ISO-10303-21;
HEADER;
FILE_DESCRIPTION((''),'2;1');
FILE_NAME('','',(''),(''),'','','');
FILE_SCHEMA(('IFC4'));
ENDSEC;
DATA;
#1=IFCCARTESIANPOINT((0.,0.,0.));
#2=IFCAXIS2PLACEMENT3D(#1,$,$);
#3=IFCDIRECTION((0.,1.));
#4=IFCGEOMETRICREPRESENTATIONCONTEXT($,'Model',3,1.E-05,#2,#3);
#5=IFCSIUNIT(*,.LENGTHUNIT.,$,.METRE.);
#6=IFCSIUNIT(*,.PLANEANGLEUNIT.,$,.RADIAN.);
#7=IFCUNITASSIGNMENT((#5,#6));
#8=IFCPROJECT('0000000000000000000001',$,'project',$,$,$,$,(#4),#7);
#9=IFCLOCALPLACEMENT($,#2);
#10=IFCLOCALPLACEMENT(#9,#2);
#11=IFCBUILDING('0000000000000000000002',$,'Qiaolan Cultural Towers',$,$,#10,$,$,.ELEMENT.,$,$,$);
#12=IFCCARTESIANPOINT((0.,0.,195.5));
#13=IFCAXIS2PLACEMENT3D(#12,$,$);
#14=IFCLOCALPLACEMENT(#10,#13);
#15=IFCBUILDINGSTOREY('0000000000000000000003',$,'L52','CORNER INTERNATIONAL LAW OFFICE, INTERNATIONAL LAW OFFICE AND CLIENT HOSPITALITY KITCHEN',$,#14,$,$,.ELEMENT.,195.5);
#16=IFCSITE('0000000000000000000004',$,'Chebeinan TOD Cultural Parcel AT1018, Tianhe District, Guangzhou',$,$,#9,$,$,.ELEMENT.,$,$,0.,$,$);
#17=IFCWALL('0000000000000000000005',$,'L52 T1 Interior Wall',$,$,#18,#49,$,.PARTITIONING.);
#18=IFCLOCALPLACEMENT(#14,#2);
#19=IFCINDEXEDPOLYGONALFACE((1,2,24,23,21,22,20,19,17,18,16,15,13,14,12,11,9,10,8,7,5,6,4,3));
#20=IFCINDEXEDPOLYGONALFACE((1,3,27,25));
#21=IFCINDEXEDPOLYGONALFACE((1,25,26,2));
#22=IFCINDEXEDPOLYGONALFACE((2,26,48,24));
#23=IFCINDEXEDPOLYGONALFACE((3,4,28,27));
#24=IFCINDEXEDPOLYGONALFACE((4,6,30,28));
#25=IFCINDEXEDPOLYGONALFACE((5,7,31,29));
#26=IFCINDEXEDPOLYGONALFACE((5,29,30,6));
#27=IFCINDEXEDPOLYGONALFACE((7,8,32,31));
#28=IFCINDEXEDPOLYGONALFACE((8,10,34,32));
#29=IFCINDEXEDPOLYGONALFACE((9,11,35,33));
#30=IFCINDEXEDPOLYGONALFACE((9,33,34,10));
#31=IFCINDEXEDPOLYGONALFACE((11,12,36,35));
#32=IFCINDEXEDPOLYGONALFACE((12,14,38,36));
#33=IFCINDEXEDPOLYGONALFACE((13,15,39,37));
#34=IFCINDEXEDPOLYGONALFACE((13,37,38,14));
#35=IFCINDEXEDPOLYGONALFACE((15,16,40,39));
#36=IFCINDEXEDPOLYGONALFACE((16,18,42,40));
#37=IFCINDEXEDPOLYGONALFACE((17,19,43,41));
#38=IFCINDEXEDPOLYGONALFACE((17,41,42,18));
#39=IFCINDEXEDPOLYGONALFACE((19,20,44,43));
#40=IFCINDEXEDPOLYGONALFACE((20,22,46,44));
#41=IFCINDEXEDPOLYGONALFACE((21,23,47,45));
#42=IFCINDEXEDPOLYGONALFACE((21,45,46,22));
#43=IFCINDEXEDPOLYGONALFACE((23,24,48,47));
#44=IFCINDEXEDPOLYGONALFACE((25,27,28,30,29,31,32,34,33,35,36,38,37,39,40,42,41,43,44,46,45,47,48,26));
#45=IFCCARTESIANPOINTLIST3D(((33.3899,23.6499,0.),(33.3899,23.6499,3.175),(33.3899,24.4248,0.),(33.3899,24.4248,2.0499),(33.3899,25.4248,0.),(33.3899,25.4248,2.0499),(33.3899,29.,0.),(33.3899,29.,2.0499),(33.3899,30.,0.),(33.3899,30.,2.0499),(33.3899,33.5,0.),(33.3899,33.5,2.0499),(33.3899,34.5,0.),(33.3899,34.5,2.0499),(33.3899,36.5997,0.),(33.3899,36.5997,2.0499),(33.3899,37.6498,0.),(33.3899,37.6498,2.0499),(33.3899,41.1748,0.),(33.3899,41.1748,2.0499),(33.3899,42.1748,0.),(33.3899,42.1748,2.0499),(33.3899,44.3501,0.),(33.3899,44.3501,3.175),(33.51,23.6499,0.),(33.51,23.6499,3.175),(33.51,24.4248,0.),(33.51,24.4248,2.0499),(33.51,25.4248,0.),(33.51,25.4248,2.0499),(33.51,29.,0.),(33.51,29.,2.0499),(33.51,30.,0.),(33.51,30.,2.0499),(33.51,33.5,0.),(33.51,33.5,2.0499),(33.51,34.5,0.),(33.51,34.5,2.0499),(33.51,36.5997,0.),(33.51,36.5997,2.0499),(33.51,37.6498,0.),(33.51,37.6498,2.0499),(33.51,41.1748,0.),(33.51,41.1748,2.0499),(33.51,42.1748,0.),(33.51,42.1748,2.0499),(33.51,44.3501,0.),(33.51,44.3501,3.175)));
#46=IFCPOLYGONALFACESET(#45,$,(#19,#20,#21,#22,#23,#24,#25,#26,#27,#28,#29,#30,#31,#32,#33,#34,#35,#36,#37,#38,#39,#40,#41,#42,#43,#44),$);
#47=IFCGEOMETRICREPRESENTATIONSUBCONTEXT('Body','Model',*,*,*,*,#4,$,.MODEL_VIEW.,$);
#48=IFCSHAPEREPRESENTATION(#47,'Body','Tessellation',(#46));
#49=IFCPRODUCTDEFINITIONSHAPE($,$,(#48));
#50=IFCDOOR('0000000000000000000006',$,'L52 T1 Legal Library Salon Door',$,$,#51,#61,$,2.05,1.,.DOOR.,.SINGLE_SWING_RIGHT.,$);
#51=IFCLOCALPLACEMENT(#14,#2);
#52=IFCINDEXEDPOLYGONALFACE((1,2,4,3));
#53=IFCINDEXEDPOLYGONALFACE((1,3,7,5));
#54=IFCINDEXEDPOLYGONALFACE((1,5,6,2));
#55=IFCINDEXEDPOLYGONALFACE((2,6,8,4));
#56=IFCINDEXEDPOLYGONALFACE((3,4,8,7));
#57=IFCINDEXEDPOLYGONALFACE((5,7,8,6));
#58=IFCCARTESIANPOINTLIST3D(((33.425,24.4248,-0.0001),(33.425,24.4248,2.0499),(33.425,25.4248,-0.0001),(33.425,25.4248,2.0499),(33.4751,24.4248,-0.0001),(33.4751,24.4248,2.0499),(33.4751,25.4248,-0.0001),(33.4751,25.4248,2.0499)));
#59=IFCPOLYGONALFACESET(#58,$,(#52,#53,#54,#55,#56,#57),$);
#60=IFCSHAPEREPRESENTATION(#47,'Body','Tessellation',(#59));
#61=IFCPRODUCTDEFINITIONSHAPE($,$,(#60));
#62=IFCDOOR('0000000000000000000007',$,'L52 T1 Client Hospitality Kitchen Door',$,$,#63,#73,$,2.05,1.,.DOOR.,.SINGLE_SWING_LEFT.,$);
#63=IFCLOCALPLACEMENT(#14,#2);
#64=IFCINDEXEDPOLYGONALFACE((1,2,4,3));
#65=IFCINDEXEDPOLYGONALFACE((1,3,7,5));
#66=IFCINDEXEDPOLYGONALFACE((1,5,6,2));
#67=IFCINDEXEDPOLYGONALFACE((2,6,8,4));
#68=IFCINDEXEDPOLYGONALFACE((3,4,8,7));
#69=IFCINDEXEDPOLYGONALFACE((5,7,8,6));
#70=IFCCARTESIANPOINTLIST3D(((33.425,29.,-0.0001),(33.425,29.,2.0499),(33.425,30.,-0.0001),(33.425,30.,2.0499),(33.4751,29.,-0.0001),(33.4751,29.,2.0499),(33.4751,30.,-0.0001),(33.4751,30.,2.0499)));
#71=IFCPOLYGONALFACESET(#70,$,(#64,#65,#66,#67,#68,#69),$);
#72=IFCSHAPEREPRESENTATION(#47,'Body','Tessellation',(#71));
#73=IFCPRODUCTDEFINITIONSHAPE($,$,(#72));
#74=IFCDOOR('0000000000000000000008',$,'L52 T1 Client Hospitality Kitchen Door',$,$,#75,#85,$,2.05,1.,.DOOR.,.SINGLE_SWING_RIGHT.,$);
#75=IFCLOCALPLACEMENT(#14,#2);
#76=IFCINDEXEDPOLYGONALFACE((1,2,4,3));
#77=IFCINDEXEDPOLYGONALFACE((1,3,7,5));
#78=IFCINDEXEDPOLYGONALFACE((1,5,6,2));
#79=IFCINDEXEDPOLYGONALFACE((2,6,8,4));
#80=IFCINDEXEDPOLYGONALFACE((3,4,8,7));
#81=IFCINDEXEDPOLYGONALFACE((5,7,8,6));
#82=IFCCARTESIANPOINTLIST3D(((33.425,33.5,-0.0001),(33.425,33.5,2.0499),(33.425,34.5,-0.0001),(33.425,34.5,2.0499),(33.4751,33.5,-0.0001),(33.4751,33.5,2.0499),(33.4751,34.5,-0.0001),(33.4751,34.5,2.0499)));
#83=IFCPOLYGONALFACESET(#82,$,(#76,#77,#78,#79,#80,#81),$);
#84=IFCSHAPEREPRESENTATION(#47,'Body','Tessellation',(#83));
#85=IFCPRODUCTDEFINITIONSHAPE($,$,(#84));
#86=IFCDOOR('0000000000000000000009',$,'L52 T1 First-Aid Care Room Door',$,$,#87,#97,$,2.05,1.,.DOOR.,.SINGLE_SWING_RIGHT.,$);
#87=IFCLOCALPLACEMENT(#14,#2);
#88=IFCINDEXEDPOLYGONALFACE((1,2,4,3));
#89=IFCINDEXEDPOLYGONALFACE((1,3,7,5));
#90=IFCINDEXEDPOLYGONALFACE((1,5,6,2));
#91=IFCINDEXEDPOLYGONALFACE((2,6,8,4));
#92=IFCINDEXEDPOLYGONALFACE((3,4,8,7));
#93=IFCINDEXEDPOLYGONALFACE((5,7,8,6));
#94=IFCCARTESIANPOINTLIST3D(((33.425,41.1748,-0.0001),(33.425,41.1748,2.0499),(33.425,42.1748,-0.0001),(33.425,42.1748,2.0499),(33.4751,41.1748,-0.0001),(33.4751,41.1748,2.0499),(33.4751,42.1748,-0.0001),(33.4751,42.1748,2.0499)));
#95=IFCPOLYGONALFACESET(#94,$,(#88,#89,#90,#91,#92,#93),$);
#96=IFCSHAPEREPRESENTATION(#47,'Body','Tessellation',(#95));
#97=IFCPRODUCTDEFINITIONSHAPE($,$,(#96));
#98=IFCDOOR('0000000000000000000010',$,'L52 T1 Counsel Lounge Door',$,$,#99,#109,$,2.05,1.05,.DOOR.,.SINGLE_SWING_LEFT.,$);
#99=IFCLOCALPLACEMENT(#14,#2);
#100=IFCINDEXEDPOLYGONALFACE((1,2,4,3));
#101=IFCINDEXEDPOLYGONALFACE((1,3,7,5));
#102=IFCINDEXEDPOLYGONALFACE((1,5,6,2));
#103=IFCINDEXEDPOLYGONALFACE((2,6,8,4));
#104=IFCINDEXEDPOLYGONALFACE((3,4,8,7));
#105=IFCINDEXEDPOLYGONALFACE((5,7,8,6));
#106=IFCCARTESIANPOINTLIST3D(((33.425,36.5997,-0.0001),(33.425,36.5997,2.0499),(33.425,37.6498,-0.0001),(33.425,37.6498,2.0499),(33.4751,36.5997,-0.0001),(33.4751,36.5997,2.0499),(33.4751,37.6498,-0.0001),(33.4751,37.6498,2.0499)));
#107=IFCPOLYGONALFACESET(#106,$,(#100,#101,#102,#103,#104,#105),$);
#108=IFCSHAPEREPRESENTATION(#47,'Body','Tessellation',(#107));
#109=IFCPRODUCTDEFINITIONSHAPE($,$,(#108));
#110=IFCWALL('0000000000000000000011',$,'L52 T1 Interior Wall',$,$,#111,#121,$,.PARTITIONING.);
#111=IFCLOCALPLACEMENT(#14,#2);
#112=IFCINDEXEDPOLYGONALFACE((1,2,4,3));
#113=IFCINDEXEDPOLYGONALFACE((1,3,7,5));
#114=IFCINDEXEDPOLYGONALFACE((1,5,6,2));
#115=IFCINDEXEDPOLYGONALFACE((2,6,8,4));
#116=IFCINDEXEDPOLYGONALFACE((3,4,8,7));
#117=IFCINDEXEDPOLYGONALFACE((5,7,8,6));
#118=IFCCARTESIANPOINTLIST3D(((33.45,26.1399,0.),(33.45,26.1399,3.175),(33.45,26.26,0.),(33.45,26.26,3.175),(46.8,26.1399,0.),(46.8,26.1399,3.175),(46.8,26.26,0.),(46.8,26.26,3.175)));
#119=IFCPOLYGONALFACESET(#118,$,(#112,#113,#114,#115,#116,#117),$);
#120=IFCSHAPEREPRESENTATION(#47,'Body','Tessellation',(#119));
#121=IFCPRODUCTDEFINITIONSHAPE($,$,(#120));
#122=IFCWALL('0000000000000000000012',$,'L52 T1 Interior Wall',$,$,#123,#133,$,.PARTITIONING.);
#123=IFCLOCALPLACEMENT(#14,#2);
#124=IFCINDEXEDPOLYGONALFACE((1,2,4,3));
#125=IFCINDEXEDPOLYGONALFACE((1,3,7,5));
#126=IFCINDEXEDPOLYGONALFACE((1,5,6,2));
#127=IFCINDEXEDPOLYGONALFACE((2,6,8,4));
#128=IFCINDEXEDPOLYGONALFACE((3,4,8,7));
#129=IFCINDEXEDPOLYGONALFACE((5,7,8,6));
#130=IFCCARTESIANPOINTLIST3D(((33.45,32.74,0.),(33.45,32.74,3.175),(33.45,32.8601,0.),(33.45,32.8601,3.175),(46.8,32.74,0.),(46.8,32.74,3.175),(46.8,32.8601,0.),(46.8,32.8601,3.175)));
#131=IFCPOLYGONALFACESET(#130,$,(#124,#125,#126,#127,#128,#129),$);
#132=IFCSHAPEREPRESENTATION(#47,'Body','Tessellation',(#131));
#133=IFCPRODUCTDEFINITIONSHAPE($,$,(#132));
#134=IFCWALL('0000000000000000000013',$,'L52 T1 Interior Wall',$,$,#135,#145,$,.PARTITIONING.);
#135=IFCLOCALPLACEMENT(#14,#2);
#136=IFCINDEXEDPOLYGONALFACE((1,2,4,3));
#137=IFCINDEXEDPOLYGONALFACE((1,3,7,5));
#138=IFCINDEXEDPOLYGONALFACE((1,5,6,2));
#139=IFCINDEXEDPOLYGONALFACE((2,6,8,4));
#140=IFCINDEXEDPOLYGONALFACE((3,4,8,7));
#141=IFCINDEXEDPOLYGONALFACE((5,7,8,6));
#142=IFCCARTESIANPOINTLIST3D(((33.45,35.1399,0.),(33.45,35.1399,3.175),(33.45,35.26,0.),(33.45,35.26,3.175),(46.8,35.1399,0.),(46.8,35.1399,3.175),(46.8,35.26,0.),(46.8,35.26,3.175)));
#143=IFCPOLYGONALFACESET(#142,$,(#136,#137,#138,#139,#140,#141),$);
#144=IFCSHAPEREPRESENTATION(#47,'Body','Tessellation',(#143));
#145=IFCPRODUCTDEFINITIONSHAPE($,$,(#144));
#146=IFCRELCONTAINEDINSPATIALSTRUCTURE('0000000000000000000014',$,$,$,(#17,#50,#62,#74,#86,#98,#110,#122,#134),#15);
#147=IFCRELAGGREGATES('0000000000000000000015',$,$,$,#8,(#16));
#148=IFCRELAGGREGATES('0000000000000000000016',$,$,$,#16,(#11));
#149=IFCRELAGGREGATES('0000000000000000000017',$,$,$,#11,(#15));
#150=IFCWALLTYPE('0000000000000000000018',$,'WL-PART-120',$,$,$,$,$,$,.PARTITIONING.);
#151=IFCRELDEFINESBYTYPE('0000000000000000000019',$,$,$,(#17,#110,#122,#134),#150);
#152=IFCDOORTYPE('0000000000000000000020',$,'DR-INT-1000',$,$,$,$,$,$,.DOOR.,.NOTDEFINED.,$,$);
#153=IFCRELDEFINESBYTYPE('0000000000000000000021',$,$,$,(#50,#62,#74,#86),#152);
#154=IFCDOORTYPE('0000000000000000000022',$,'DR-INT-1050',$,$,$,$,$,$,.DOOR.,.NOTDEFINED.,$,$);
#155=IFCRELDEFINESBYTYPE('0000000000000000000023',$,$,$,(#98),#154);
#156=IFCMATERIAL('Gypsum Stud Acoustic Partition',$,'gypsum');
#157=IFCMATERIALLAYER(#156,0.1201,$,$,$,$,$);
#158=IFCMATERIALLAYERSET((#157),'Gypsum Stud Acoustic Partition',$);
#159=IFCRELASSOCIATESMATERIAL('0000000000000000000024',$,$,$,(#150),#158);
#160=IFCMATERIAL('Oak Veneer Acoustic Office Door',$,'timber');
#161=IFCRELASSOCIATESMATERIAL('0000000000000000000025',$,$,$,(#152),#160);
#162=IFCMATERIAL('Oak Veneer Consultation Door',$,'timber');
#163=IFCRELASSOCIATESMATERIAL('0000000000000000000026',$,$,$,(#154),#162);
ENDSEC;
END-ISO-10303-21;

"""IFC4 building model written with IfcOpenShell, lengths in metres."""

from ifc_helpers import new_model, si_unit, direction, frame, frame_2d, origin, place, context, subcontext, project, spatial, rectangle, extrude, material, layer, layer_set, type_object, element, fill, save


model = new_model("IFC4")

# Units and contexts
model_context = context("Model", 3, precision=1e-05, world=origin(), true_north=direction((0.0, 1.0)))
body_context = subcontext(model_context, "Body", "Model", "MODEL_VIEW")
ifc_project = project(units=[si_unit("LENGTHUNIT", "METRE"), si_unit("PLANEANGLEUNIT", "RADIAN")], contexts=[model_context])

# Site, building, storey
site_placement = place(None, origin())
site = spatial("IfcSite", under=ifc_project, at=site_placement, Name="Chebeinan TOD Cultural Parcel AT1018, Tianhe District, Guangzhou", CompositionType="ELEMENT", RefElevation=0.0)
building_placement = place(site_placement, origin())
building = spatial("IfcBuilding", under=site, at=building_placement, Name="Qiaolan Cultural Towers", CompositionType="ELEMENT")
storey_placement = place(building_placement, frame((0.0, 0.0, 195.5)))
storey = spatial("IfcBuildingStorey", under=building, at=storey_placement, Name="L52", Description="CORNER INTERNATIONAL LAW OFFICE, INTERNATIONAL LAW OFFICE AND CLIENT HOSPITALITY KITCHEN", CompositionType="ELEMENT", Elevation=195.5)

# Shared definitions
ifc_material_1 = material(Name="Gypsum Stud Acoustic Partition", Category="gypsum")
ifc_layer_1 = layer(ifc_material_1, 0.1201)
ifc_layer_set_1 = layer_set([ifc_layer_1], Name="Gypsum Stud Acoustic Partition")
wall_type_1 = type_object("IfcWallType", Name="WL-PART-120", PredefinedType="PARTITIONING", material=ifc_layer_set_1)

# Wall, openings, doors
wall_1_placement = place(storey_placement, frame((33.45, 23.6499, 0.0), z_axis=(0.0, 0.0, 1.0), x_axis=(0.0, 1.0, 0.0)))
wall_1 = element("IfcWall", 1, at=wall_1_placement, inside=storey, type_object=wall_type_1, Name="L52 T1 Interior Wall", PredefinedType="PARTITIONING", context=body_context, shape_type="SweptSolid", body=[
    extrude(rectangle(XDim=20.7002, YDim=0.1201, at=frame_2d((10.3501, 0.0))), origin(), (0.0, 0.0, 1.0), 3.175),
])
opening_1_placement = place(wall_1_placement, frame((0.7749, 0.0, 0.0)))
opening_1 = element("IfcOpeningElement", 2, at=opening_1_placement, cuts=wall_1, PredefinedType="OPENING", context=body_context, shape_type="SweptSolid", body=[
    extrude(rectangle(XDim=1.0, YDim=2.05, at=frame_2d((0.5, 1.0249))), frame((0.0, 0.0701, 0.0), z_axis=(0.0, -1.0, 0.0), x_axis=(1.0, 0.0, 0.0)), (0.0, 0.0, 1.0), 0.1401),
])
opening_2_placement = place(wall_1_placement, frame((5.3501, 0.0, 0.0)))
opening_2 = element("IfcOpeningElement", 3, at=opening_2_placement, cuts=wall_1, PredefinedType="OPENING", context=body_context, shape_type="SweptSolid", body=[
    extrude(rectangle(XDim=1.0, YDim=2.05, at=frame_2d((0.5, 1.0249))), frame((0.0, 0.0701, 0.0), z_axis=(0.0, -1.0, 0.0), x_axis=(1.0, 0.0, 0.0)), (0.0, 0.0, 1.0), 0.1401),
])
opening_3_placement = place(wall_1_placement, frame((9.8501, 0.0, 0.0)))
opening_3 = element("IfcOpeningElement", 4, at=opening_3_placement, cuts=wall_1, PredefinedType="OPENING", context=body_context, shape_type="SweptSolid", body=[
    extrude(rectangle(XDim=1.0, YDim=2.05, at=frame_2d((0.5, 1.0249))), frame((0.0, 0.0701, 0.0), z_axis=(0.0, -1.0, 0.0), x_axis=(1.0, 0.0, 0.0)), (0.0, 0.0, 1.0), 0.1401),
])
opening_4_placement = place(wall_1_placement, frame((12.95, 0.0, 0.0)))
opening_4 = element("IfcOpeningElement", 5, at=opening_4_placement, cuts=wall_1, PredefinedType="OPENING", context=body_context, shape_type="SweptSolid", body=[
    extrude(rectangle(XDim=1.05, YDim=2.05, at=frame_2d((0.5249, 1.0249))), frame((0.0, 0.0701, 0.0), z_axis=(0.0, -1.0, 0.0), x_axis=(1.0, 0.0, 0.0)), (0.0, 0.0, 1.0), 0.1401),
])
opening_5_placement = place(wall_1_placement, frame((17.5249, 0.0, 0.0)))
opening_5 = element("IfcOpeningElement", 6, at=opening_5_placement, cuts=wall_1, PredefinedType="OPENING", context=body_context, shape_type="SweptSolid", body=[
    extrude(rectangle(XDim=1.0, YDim=2.05, at=frame_2d((0.5, 1.0249))), frame((0.0, 0.0701, 0.0), z_axis=(0.0, -1.0, 0.0), x_axis=(1.0, 0.0, 0.0)), (0.0, 0.0, 1.0), 0.1401),
])
ifc_material_2 = material(Name="Oak Veneer Acoustic Office Door", Category="timber")
door_type_1 = type_object("IfcDoorType", Name="DR-INT-1000", OperationType="NOTDEFINED", PredefinedType="DOOR", material=ifc_material_2)
door_1_placement = place(opening_1_placement, origin())
door_1 = element("IfcDoor", 7, at=door_1_placement, inside=storey, type_object=door_type_1, Name="L52 T1 Legal Library Salon Door", OperationType="SINGLE_SWING_RIGHT", OverallHeight=2.05, OverallWidth=1.0, PredefinedType="DOOR", context=body_context, shape_type="SweptSolid", body=[
    extrude(rectangle(XDim=1.0, YDim=2.05, at=frame_2d((0.5, 1.0249))), frame((0.0, 0.0249, 0.0), z_axis=(0.0, -1.0, 0.0), x_axis=(1.0, 0.0, 0.0)), (0.0, 0.0, 1.0), 0.05),
])
fill(opening_1, door_1)
door_2_placement = place(opening_2_placement, origin())
door_2 = element("IfcDoor", 8, at=door_2_placement, inside=storey, type_object=door_type_1, Name="L52 T1 Client Hospitality Kitchen Door", OperationType="SINGLE_SWING_LEFT", OverallHeight=2.05, OverallWidth=1.0, PredefinedType="DOOR", context=body_context, shape_type="SweptSolid", body=[
    extrude(rectangle(XDim=1.0, YDim=2.05, at=frame_2d((0.5, 1.0249))), frame((0.0, 0.0249, 0.0), z_axis=(0.0, -1.0, 0.0), x_axis=(1.0, 0.0, 0.0)), (0.0, 0.0, 1.0), 0.05),
])
fill(opening_2, door_2)
door_3_placement = place(opening_3_placement, origin())
door_3 = element("IfcDoor", 9, at=door_3_placement, inside=storey, type_object=door_type_1, Name="L52 T1 Client Hospitality Kitchen Door", OperationType="SINGLE_SWING_RIGHT", OverallHeight=2.05, OverallWidth=1.0, PredefinedType="DOOR", context=body_context, shape_type="SweptSolid", body=[
    extrude(rectangle(XDim=1.0, YDim=2.05, at=frame_2d((0.5, 1.0249))), frame((0.0, 0.0249, 0.0), z_axis=(0.0, -1.0, 0.0), x_axis=(1.0, 0.0, 0.0)), (0.0, 0.0, 1.0), 0.05),
])
fill(opening_3, door_3)
door_4_placement = place(opening_5_placement, origin())
door_4 = element("IfcDoor", 10, at=door_4_placement, inside=storey, type_object=door_type_1, Name="L52 T1 First-Aid Care Room Door", OperationType="SINGLE_SWING_RIGHT", OverallHeight=2.05, OverallWidth=1.0, PredefinedType="DOOR", context=body_context, shape_type="SweptSolid", body=[
    extrude(rectangle(XDim=1.0, YDim=2.05, at=frame_2d((0.5, 1.0249))), frame((0.0, 0.0249, 0.0), z_axis=(0.0, -1.0, 0.0), x_axis=(1.0, 0.0, 0.0)), (0.0, 0.0, 1.0), 0.05),
])
fill(opening_5, door_4)
ifc_material_3 = material(Name="Oak Veneer Consultation Door", Category="timber")
door_type_2 = type_object("IfcDoorType", Name="DR-INT-1050", OperationType="NOTDEFINED", PredefinedType="DOOR", material=ifc_material_3)
door_5_placement = place(opening_4_placement, origin())
door_5 = element("IfcDoor", 11, at=door_5_placement, inside=storey, type_object=door_type_2, Name="L52 T1 Counsel Lounge Door", OperationType="SINGLE_SWING_LEFT", OverallHeight=2.05, OverallWidth=1.05, PredefinedType="DOOR", context=body_context, shape_type="SweptSolid", body=[
    extrude(rectangle(XDim=1.05, YDim=2.05, at=frame_2d((0.5249, 1.0249))), frame((0.0, 0.0249, 0.0), z_axis=(0.0, -1.0, 0.0), x_axis=(1.0, 0.0, 0.0)), (0.0, 0.0, 1.0), 0.05),
])
fill(opening_4, door_5)

# Walls
for number, where, z_axis, x_axis, name in (
    (12, (33.45, 26.2, 0.0), (0.0, 0.0, 1.0), (1.0, 0.0, 0.0), "L52 T1 Interior Wall"),
    (13, (33.45, 32.8, 0.0), (0.0, 0.0, 1.0), (1.0, 0.0, 0.0), "L52 T1 Interior Wall"),
    (14, (33.45, 35.2, 0.0), (0.0, 0.0, 1.0), (1.0, 0.0, 0.0), "L52 T1 Interior Wall"),
):
    element("IfcWall", number, at=place(storey_placement, frame(where, z_axis=z_axis, x_axis=x_axis)), inside=storey, type_object=wall_type_1, Name=name, PredefinedType="PARTITIONING", context=body_context, shape_type="SweptSolid", body=[
        extrude(rectangle(XDim=13.3501, YDim=0.1201, at=frame_2d((6.675, 0.0))), origin(), (0.0, 0.0, 1.0), 3.175),
    ])

save(model, "model.ifc")
